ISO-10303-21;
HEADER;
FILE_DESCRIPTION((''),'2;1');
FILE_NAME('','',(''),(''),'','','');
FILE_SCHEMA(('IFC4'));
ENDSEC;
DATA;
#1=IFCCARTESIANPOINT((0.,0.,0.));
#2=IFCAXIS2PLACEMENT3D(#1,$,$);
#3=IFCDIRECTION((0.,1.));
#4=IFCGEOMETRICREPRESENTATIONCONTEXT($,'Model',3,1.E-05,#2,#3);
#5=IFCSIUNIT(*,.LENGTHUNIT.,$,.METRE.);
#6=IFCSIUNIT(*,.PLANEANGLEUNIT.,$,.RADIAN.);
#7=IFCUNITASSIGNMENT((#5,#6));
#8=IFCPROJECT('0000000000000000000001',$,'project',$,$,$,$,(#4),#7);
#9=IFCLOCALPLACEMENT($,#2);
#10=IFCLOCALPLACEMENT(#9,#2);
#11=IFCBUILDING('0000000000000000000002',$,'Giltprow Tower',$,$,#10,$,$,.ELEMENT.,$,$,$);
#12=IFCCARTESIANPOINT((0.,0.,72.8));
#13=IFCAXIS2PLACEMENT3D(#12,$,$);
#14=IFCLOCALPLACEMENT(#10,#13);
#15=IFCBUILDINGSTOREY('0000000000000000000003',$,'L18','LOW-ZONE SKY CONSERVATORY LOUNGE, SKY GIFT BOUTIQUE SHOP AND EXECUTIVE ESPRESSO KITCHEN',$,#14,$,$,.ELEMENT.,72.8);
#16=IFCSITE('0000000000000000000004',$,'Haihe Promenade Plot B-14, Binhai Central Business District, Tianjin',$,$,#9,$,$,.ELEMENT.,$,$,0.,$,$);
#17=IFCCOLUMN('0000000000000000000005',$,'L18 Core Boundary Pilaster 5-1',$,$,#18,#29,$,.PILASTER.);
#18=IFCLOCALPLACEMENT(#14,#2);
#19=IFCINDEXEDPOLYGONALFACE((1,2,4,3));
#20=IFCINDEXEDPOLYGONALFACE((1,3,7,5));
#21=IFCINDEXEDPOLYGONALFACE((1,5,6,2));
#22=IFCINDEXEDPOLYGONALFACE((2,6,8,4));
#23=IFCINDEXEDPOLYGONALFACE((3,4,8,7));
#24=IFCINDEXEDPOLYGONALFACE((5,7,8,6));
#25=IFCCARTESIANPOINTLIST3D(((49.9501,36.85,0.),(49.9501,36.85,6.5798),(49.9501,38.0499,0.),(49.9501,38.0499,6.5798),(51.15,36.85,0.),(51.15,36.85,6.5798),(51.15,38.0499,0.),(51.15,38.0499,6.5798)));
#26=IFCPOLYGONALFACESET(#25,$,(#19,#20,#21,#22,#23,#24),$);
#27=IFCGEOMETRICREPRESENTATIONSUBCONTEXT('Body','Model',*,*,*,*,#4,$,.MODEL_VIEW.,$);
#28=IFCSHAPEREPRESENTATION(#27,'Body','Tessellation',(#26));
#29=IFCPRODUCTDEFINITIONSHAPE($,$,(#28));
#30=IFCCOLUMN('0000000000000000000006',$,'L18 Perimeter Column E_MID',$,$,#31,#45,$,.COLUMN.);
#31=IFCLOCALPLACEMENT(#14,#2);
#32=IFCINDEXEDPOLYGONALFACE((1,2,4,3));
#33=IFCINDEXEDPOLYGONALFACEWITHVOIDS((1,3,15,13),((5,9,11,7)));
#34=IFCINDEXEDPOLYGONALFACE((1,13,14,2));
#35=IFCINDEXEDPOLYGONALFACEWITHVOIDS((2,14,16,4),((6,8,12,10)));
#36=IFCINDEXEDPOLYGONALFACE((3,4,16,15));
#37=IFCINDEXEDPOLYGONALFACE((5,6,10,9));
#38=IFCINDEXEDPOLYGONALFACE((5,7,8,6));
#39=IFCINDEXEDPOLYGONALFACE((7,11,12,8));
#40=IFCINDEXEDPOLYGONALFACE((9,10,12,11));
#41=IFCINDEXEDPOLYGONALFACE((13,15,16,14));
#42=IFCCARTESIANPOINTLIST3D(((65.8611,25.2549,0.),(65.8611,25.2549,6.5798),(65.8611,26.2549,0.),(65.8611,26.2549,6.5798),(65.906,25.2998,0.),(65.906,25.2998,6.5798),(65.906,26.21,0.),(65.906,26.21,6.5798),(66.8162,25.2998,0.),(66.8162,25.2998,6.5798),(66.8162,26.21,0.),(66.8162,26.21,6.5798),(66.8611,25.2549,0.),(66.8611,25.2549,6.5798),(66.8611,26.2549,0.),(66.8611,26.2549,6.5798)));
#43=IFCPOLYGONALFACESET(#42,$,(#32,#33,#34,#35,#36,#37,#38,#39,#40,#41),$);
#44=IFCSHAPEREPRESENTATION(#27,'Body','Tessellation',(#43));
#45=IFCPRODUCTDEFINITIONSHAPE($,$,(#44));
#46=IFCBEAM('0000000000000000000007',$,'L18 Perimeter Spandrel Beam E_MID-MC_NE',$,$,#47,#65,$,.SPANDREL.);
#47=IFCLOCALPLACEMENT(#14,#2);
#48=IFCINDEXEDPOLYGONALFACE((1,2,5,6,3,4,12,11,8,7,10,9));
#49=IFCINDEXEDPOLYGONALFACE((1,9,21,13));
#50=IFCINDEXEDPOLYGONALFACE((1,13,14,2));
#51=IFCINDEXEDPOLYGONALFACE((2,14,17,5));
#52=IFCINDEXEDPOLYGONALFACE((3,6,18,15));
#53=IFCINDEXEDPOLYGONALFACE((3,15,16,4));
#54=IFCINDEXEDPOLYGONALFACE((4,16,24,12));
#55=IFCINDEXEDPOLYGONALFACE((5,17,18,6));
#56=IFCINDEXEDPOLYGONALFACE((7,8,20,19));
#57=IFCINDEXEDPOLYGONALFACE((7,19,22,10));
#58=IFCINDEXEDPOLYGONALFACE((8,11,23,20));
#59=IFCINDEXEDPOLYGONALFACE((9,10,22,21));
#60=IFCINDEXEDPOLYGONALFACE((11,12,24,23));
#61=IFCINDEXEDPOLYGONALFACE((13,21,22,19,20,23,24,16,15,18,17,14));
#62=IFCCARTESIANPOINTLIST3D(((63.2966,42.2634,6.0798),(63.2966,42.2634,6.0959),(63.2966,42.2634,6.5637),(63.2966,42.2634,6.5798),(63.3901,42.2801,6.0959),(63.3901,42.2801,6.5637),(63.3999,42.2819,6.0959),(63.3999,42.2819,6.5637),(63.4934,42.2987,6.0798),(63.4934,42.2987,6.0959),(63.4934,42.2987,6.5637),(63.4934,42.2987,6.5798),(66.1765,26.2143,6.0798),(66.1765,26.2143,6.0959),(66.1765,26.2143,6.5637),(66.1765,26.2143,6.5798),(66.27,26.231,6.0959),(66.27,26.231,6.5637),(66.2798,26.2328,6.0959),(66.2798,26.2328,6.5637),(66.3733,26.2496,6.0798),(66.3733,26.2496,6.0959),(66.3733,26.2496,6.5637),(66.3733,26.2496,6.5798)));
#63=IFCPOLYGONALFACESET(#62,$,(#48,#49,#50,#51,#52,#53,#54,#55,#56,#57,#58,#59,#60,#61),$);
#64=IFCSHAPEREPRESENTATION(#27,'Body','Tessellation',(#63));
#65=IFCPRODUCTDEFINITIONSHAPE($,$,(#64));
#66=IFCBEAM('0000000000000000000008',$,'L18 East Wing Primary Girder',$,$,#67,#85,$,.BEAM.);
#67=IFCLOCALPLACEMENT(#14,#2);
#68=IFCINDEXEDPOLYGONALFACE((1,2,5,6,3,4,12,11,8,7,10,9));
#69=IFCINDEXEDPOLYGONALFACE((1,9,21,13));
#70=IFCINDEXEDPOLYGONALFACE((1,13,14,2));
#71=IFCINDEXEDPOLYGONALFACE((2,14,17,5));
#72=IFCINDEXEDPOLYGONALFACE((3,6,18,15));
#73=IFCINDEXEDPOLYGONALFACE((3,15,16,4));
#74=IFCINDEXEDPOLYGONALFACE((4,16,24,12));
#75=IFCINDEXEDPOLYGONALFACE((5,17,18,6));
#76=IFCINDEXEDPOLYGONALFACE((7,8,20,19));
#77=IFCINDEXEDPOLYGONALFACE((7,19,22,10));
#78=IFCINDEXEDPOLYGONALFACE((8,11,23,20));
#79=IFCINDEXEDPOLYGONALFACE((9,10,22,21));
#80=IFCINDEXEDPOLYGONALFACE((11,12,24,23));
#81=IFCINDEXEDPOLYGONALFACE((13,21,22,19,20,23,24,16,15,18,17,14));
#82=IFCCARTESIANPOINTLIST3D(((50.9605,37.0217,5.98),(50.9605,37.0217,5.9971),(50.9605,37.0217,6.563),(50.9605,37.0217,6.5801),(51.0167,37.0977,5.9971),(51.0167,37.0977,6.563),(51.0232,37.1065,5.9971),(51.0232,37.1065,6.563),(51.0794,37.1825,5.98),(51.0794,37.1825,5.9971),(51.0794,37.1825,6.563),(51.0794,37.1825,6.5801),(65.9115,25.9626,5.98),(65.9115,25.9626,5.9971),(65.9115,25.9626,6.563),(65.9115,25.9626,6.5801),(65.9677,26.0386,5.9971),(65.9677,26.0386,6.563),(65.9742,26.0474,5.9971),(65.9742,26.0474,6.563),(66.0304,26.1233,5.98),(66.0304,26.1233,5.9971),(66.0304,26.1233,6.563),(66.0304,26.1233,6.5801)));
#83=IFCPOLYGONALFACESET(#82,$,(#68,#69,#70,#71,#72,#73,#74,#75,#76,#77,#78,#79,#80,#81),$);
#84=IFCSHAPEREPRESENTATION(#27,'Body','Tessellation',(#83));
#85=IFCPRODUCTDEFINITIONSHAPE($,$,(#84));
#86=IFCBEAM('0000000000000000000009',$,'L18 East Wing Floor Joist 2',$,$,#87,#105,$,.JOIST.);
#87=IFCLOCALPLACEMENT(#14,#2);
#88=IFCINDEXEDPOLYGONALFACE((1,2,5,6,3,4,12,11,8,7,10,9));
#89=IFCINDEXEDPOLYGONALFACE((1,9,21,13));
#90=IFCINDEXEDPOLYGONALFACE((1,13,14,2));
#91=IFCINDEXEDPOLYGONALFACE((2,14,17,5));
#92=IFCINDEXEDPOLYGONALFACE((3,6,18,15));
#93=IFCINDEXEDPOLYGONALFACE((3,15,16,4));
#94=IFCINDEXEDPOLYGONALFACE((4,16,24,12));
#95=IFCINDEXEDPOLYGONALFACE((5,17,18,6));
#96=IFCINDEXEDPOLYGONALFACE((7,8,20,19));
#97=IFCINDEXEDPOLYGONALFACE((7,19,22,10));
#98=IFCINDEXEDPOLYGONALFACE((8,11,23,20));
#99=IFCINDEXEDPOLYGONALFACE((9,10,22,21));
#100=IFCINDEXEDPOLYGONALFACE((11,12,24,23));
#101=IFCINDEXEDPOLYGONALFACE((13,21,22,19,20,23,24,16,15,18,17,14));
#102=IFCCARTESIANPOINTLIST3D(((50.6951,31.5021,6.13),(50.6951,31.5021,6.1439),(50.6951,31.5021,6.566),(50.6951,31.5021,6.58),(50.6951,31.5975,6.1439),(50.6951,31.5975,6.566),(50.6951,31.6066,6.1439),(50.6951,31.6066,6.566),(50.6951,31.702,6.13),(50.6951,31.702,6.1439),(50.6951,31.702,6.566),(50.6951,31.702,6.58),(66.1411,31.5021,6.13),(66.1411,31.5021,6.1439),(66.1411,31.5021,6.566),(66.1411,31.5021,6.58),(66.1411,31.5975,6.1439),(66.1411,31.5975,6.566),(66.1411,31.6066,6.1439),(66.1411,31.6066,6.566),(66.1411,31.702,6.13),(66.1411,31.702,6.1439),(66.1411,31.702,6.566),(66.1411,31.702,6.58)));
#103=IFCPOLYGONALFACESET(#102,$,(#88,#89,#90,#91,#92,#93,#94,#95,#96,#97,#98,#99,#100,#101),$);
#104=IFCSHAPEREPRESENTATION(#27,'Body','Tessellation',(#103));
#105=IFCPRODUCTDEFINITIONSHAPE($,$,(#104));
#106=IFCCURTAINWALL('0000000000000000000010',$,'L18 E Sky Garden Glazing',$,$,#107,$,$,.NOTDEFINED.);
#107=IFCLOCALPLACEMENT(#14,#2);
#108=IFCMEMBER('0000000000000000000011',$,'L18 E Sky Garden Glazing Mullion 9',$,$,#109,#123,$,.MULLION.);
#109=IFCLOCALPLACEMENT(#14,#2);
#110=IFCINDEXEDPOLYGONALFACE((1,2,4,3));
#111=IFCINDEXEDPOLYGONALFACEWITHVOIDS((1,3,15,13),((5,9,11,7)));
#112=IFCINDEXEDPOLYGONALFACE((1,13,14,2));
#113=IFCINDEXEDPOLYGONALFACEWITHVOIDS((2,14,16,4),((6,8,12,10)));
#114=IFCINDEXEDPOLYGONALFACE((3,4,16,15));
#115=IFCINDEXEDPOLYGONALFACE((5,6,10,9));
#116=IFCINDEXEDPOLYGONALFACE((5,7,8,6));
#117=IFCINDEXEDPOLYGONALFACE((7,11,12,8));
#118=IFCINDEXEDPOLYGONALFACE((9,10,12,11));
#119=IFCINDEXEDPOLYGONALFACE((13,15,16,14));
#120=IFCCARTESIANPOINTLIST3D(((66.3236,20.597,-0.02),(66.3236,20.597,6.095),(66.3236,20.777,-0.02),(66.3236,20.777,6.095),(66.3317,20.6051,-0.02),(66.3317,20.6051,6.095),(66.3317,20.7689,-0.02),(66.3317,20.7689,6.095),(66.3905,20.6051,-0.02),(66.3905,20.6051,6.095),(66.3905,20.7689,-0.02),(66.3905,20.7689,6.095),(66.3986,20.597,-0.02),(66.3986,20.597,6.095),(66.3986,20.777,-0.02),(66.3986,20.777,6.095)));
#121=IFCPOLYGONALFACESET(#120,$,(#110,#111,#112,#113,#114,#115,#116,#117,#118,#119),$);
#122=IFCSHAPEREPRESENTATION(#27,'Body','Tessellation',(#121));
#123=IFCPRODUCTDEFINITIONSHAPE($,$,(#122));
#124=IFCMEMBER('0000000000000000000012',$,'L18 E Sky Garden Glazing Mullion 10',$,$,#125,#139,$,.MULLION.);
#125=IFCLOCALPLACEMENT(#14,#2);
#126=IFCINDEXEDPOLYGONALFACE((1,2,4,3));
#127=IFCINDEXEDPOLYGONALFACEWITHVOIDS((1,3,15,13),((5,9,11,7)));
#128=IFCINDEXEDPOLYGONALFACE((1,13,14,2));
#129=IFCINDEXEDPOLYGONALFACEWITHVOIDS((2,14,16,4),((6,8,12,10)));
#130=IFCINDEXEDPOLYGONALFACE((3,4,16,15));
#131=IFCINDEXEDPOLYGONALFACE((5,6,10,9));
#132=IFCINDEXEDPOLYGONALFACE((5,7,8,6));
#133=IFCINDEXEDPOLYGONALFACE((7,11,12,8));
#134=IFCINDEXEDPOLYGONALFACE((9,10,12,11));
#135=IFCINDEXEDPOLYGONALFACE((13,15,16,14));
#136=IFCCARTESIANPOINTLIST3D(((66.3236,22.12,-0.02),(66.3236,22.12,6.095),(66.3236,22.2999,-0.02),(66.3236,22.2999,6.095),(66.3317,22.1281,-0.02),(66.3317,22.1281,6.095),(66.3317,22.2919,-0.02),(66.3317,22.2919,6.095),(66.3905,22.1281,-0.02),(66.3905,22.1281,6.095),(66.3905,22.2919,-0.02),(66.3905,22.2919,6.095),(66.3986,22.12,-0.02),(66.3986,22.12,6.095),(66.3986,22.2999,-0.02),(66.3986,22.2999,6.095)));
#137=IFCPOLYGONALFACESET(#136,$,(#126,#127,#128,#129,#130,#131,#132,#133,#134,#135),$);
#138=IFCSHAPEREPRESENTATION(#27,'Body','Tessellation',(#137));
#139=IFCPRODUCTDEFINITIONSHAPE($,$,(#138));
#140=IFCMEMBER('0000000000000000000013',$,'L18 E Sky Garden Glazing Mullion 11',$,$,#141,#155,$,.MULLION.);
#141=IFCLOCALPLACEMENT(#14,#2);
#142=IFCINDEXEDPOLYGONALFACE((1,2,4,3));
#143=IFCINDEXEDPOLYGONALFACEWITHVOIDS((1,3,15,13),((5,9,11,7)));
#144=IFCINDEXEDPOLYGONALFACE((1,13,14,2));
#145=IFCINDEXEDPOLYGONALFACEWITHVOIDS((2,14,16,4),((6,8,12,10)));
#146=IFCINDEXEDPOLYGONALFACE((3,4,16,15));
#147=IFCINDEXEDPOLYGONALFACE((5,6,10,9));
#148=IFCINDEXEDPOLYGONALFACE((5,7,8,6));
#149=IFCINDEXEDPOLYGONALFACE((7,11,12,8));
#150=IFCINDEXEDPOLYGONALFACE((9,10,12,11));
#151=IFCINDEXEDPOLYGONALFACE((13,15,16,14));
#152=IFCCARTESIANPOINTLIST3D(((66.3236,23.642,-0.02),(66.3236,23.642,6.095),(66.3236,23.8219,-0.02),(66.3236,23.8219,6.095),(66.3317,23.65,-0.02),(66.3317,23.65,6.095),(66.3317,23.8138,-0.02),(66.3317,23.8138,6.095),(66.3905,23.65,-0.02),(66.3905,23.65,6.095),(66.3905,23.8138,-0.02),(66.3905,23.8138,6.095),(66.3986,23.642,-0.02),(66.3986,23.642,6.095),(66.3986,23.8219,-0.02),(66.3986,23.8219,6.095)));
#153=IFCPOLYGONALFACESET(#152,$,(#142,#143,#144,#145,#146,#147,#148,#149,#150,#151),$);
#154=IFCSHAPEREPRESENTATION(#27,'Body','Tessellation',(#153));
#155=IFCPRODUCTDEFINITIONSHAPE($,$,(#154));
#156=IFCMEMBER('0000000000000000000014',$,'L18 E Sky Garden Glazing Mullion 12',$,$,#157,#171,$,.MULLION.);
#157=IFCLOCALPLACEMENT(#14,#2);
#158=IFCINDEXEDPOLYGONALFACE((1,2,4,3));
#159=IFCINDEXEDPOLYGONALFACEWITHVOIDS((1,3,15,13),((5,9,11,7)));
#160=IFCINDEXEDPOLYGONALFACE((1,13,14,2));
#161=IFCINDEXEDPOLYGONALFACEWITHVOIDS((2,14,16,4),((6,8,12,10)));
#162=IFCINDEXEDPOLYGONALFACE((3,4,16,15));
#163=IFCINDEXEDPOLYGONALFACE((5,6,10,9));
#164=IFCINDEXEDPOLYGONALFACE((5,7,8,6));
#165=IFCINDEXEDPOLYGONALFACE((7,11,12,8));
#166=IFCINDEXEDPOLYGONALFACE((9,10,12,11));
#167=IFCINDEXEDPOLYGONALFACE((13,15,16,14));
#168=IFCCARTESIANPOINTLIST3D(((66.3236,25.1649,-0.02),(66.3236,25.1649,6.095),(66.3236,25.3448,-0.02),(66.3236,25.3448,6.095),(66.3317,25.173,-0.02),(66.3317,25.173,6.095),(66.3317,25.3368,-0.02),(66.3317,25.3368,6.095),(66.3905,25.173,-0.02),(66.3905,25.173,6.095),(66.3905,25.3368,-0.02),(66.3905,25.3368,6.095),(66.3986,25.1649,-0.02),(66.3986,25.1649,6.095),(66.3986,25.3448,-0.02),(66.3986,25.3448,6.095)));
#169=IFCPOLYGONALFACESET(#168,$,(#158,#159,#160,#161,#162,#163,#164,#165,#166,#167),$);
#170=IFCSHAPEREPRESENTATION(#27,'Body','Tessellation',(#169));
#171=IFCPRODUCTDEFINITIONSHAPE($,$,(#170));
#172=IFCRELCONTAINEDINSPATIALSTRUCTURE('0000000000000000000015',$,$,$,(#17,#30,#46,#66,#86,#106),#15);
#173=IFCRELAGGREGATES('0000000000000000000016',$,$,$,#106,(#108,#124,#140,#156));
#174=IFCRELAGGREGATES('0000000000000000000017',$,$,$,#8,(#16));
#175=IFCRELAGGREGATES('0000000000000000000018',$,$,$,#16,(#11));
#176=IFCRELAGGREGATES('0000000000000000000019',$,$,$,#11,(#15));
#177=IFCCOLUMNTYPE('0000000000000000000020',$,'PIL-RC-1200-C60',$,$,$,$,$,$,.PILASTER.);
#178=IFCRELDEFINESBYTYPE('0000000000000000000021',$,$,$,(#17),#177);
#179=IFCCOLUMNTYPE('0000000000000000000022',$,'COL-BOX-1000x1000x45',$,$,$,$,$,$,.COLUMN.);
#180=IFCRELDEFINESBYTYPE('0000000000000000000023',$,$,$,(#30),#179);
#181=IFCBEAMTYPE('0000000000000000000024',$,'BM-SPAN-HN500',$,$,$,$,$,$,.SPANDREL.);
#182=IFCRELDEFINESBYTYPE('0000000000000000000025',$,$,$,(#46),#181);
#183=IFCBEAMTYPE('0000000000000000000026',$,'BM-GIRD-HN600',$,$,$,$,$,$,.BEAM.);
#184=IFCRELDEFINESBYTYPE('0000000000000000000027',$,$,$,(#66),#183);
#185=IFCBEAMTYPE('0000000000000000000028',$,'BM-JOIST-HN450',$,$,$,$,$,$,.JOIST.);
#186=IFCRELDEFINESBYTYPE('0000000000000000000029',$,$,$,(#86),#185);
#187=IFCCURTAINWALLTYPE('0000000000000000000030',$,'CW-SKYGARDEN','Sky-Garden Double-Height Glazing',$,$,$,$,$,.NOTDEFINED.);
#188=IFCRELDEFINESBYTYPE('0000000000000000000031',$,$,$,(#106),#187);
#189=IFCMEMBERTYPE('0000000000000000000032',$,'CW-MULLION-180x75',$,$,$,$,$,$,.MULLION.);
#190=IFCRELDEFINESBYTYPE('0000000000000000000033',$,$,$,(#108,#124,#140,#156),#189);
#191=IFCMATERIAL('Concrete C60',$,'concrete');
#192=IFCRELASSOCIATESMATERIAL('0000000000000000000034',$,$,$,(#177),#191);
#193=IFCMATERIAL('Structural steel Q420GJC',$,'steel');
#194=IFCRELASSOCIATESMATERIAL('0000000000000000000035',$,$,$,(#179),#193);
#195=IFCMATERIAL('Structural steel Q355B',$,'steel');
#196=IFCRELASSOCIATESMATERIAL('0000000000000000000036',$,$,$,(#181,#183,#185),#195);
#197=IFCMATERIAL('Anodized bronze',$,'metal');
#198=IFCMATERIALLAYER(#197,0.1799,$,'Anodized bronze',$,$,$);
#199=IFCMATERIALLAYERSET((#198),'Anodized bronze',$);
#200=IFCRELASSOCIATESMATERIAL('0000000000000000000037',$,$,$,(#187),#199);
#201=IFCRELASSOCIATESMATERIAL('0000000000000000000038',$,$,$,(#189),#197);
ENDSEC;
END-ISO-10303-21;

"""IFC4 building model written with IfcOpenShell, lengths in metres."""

from ifc_helpers import new_model, si_unit, direction, frame, origin, origin_2d, place, context, subcontext, project, spatial, rectangle, hollow_rectangle, i_section, extrude, source, transform, mapped, material, layer, layer_set, material_profile, profile_set, type_object, element, aggregate, save


model = new_model("IFC4")

# Units and contexts
model_context = context("Model", 3, precision=1e-05, world=origin(), true_north=direction((0.0, 1.0)))
body_context = subcontext(model_context, "Body", "Model", "MODEL_VIEW")
ifc_project = project(units=[si_unit("LENGTHUNIT", "METRE"), si_unit("PLANEANGLEUNIT", "RADIAN")], contexts=[model_context])

# Site, building, storey
site_placement = place(None, origin())
site = spatial("IfcSite", under=ifc_project, at=site_placement, Name="Haihe Promenade Plot B-14, Binhai Central Business District, Tianjin", CompositionType="ELEMENT", RefElevation=0.0)
building_placement = place(site_placement, origin())
building = spatial("IfcBuilding", under=site, at=building_placement, Name="Giltprow Tower", CompositionType="ELEMENT")
storey_placement = place(building_placement, frame((0.0, 0.0, 72.8)))
storey = spatial("IfcBuildingStorey", under=building, at=storey_placement, Name="L18", Description="LOW-ZONE SKY CONSERVATORY LOUNGE, SKY GIFT BOUTIQUE SHOP AND EXECUTIVE ESPRESSO KITCHEN", CompositionType="ELEMENT", Elevation=72.8)

# Columns
ifc_material_1 = material(Name="Concrete C60", Category="concrete")
ifc_material_profile_1 = material_profile(ifc_material_1, rectangle(XDim=1.2, YDim=1.2, at=origin_2d()), Name="RC 1200x1200")
ifc_profile_set_1 = profile_set([ifc_material_profile_1], Name="Concrete C60")
column_type_1 = type_object("IfcColumnType", Name="PIL-RC-1200-C60", PredefinedType="PILASTER", material=ifc_profile_set_1)
shared_shape_1 = source(origin(), body_context, "Body", "SweptSolid", [
    extrude(rectangle(XDim=1.2, YDim=1.2, at=origin_2d()), origin(), (0.0, 0.0, 1.0), 6.5798),
])
column_1_placement = place(storey_placement, frame((50.55, 37.45, 0.0), z_axis=(0.0, 0.0, 1.0), x_axis=(1.0, 0.0, 0.0)))
element("IfcColumn", 1, at=column_1_placement, inside=storey, type_object=column_type_1, Name="L18 Core Boundary Pilaster 5-1", PredefinedType="PILASTER", context=body_context, shape_type="MappedRepresentation", body=[
    mapped(shared_shape_1, transform((0.0, 0.0, 0.0), x_axis=(1.0, 0.0, 0.0), y_axis=(0.0, 1.0, 0.0), z_axis=(0.0, 0.0, 1.0), scale=1.0)),
])
ifc_material_2 = material(Name="Structural steel Q420GJC", Category="steel")
ifc_material_profile_2 = material_profile(ifc_material_2, hollow_rectangle(XDim=1.0, YDim=1.0, WallThickness=0.0449, at=origin_2d()), Name="BOX 1000x1000x45")
ifc_profile_set_2 = profile_set([ifc_material_profile_2], Name="Structural steel Q420GJC")
column_type_2 = type_object("IfcColumnType", Name="COL-BOX-1000x1000x45", PredefinedType="COLUMN", material=ifc_profile_set_2)
shared_shape_2 = source(origin(), body_context, "Body", "SweptSolid", [
    extrude(hollow_rectangle(XDim=1.0, YDim=1.0, WallThickness=0.0449, at=origin_2d()), origin(), (0.0, 0.0, 1.0), 6.5798),
])
column_2_placement = place(storey_placement, frame((66.3611, 25.7549, 0.0), z_axis=(0.0, 0.0, 1.0), x_axis=(1.0, 0.0, 0.0)))
element("IfcColumn", 2, at=column_2_placement, inside=storey, type_object=column_type_2, Name="L18 Perimeter Column E_MID", PredefinedType="COLUMN", context=body_context, shape_type="MappedRepresentation", body=[
    mapped(shared_shape_2, transform((0.0, 0.0, 0.0), x_axis=(1.0, 0.0, 0.0), y_axis=(0.0, 1.0, 0.0), z_axis=(0.0, 0.0, 1.0), scale=1.0)),
])

# Beams
ifc_material_3 = material(Name="Structural steel Q355B", Category="steel")
ifc_material_profile_3 = material_profile(ifc_material_3, i_section(OverallWidth=0.2, OverallDepth=0.5, WebThickness=0.01, FlangeThickness=0.0161, at=origin_2d()), Name="HN 500x200x10x16")
ifc_profile_set_3 = profile_set([ifc_material_profile_3], Name="Structural steel Q355B")
beam_type_1 = type_object("IfcBeamType", Name="BM-SPAN-HN500", PredefinedType="SPANDREL", material=ifc_profile_set_3)
shared_shape_3 = source(origin(), body_context, "Body", "SweptSolid", [
    extrude(i_section(OverallWidth=0.2, OverallDepth=0.5, WebThickness=0.01, FlangeThickness=0.0161, at=origin_2d()), origin(), (0.0, 0.0, 1.0), 16.3054),
])
beam_1_placement = place(storey_placement, frame((66.2749, 26.2319, 6.3298), z_axis=(-0.176621, 0.984279, 0.0), x_axis=(-0.984279, -0.176621, 0.0)))
element("IfcBeam", 3, at=beam_1_placement, inside=storey, type_object=beam_type_1, Name="L18 Perimeter Spandrel Beam E_MID-MC_NE", PredefinedType="SPANDREL", context=body_context, shape_type="MappedRepresentation", body=[
    mapped(shared_shape_3, transform((0.0, 0.0, 0.0), x_axis=(1.0, 0.0, 0.0), y_axis=(0.0, 1.0, 0.0), z_axis=(0.0, 0.0, 1.0), scale=1.0)),
])
ifc_material_profile_4 = material_profile(ifc_material_3, i_section(OverallWidth=0.2, OverallDepth=0.6001, WebThickness=0.011, FlangeThickness=0.0171, at=origin_2d()), Name="HN 600x200x11x17")
ifc_profile_set_4 = profile_set([ifc_material_profile_4], Name="Structural steel Q355B")
beam_type_2 = type_object("IfcBeamType", Name="BM-GIRD-HN600", PredefinedType="BEAM", material=ifc_profile_set_4)
shared_shape_4 = source(origin(), body_context, "Body", "SweptSolid", [
    extrude(i_section(OverallWidth=0.2, OverallDepth=0.6001, WebThickness=0.011, FlangeThickness=0.0171, at=origin_2d()), origin(), (0.0, 0.0, 1.0), 18.5967),
])
beam_2_placement = place(storey_placement, frame((65.9709, 26.043, 6.28), z_axis=(-0.80396, 0.594683, 0.0), x_axis=(-0.594683, -0.80396, 0.0)))
element("IfcBeam", 4, at=beam_2_placement, inside=storey, type_object=beam_type_2, Name="L18 East Wing Primary Girder", PredefinedType="BEAM", context=body_context, shape_type="MappedRepresentation", body=[
    mapped(shared_shape_4, transform((0.0, 0.0, 0.0), x_axis=(1.0, 0.0, 0.0), y_axis=(0.0, 1.0, 0.0), z_axis=(0.0, 0.0, 1.0), scale=1.0)),
])
ifc_material_profile_5 = material_profile(ifc_material_3, i_section(OverallWidth=0.2, OverallDepth=0.45, WebThickness=0.009, FlangeThickness=0.0139, at=origin_2d()), Name="HN 450x200x9x14")
ifc_profile_set_5 = profile_set([ifc_material_profile_5], Name="Structural steel Q355B")
beam_type_3 = type_object("IfcBeamType", Name="BM-JOIST-HN450", PredefinedType="JOIST", material=ifc_profile_set_5)
shared_shape_5 = source(origin(), body_context, "Body", "SweptSolid", [
    extrude(i_section(OverallWidth=0.2, OverallDepth=0.45, WebThickness=0.009, FlangeThickness=0.0139, at=origin_2d()), origin(), (0.0, 0.0, 1.0), 15.446),
])
beam_3_placement = place(storey_placement, frame((50.6951, 31.6021, 6.355), z_axis=(1.0, 0.0, 0.0), x_axis=(0.0, 1.0, 0.0)))
element("IfcBeam", 5, at=beam_3_placement, inside=storey, type_object=beam_type_3, Name="L18 East Wing Floor Joist 2", PredefinedType="JOIST", context=body_context, shape_type="MappedRepresentation", body=[
    mapped(shared_shape_5, transform((0.0, 0.0, 0.0), x_axis=(1.0, 0.0, 0.0), y_axis=(0.0, 1.0, 0.0), z_axis=(0.0, 0.0, 1.0), scale=1.0)),
])

# Curtain wall, members
ifc_material_4 = material(Name="Anodized bronze", Category="metal")
ifc_layer_1 = layer(ifc_material_4, 0.1799, Name="Anodized bronze")
ifc_layer_set_1 = layer_set([ifc_layer_1], Name="Anodized bronze")
curtain_wall_type = type_object("IfcCurtainWallType", Name="CW-SKYGARDEN", Description="Sky-Garden Double-Height Glazing", PredefinedType="NOTDEFINED", material=ifc_layer_set_1)
curtain_wall_placement = place(storey_placement, origin())
curtain_wall = element("IfcCurtainWall", 6, at=curtain_wall_placement, inside=storey, type_object=curtain_wall_type, Name="L18 E Sky Garden Glazing", PredefinedType="NOTDEFINED")
ifc_material_profile_6 = material_profile(ifc_material_4, hollow_rectangle(XDim=0.075, YDim=0.1799, WallThickness=0.0081, at=origin_2d()), Name="RHS 180x75x8")
ifc_profile_set_6 = profile_set([ifc_material_profile_6], Name="Anodized bronze")
member_type = type_object("IfcMemberType", Name="CW-MULLION-180x75", PredefinedType="MULLION", material=ifc_profile_set_6)
shared_shape_6 = source(origin(), body_context, "Body", "SweptSolid", [
    extrude(hollow_rectangle(XDim=0.075, YDim=0.1799, WallThickness=0.0081, at=origin_2d()), origin(), (0.0, 0.0, 1.0), 6.115),
])
member_1_placement = place(storey_placement, frame((66.3611, 20.687, -0.02), z_axis=(0.0, 0.0, 1.0), x_axis=(1.0, 0.0, 0.0)))
member_1 = element("IfcMember", 7, at=member_1_placement, type_object=member_type, Name="L18 E Sky Garden Glazing Mullion 9", PredefinedType="MULLION", context=body_context, shape_type="MappedRepresentation", body=[
    mapped(shared_shape_6, transform((0.0, 0.0, 0.0), x_axis=(1.0, 0.0, 0.0), y_axis=(0.0, 1.0, 0.0), z_axis=(0.0, 0.0, 1.0), scale=1.0)),
])
member_2_placement = place(storey_placement, frame((66.3611, 22.21, -0.02), z_axis=(0.0, 0.0, 1.0), x_axis=(1.0, 0.0, 0.0)))
member_2 = element("IfcMember", 8, at=member_2_placement, type_object=member_type, Name="L18 E Sky Garden Glazing Mullion 10", PredefinedType="MULLION", context=body_context, shape_type="MappedRepresentation", body=[
    mapped(shared_shape_6, transform((0.0, 0.0, 0.0), x_axis=(1.0, 0.0, 0.0), y_axis=(0.0, 1.0, 0.0), z_axis=(0.0, 0.0, 1.0), scale=1.0)),
])
member_3_placement = place(storey_placement, frame((66.3611, 23.7319, -0.02), z_axis=(0.0, 0.0, 1.0), x_axis=(1.0, 0.0, 0.0)))
member_3 = element("IfcMember", 9, at=member_3_placement, type_object=member_type, Name="L18 E Sky Garden Glazing Mullion 11", PredefinedType="MULLION", context=body_context, shape_type="MappedRepresentation", body=[
    mapped(shared_shape_6, transform((0.0, 0.0, 0.0), x_axis=(1.0, 0.0, 0.0), y_axis=(0.0, 1.0, 0.0), z_axis=(0.0, 0.0, 1.0), scale=1.0)),
])
member_4_placement = place(storey_placement, frame((66.3611, 25.2549, -0.02), z_axis=(0.0, 0.0, 1.0), x_axis=(1.0, 0.0, 0.0)))
member_4 = element("IfcMember", 10, at=member_4_placement, type_object=member_type, Name="L18 E Sky Garden Glazing Mullion 12", PredefinedType="MULLION", context=body_context, shape_type="MappedRepresentation", body=[
    mapped(shared_shape_6, transform((0.0, 0.0, 0.0), x_axis=(1.0, 0.0, 0.0), y_axis=(0.0, 1.0, 0.0), z_axis=(0.0, 0.0, 1.0), scale=1.0)),
])

aggregate(curtain_wall, [member_1, member_2, member_3, member_4])

save(model, "model.ifc")
